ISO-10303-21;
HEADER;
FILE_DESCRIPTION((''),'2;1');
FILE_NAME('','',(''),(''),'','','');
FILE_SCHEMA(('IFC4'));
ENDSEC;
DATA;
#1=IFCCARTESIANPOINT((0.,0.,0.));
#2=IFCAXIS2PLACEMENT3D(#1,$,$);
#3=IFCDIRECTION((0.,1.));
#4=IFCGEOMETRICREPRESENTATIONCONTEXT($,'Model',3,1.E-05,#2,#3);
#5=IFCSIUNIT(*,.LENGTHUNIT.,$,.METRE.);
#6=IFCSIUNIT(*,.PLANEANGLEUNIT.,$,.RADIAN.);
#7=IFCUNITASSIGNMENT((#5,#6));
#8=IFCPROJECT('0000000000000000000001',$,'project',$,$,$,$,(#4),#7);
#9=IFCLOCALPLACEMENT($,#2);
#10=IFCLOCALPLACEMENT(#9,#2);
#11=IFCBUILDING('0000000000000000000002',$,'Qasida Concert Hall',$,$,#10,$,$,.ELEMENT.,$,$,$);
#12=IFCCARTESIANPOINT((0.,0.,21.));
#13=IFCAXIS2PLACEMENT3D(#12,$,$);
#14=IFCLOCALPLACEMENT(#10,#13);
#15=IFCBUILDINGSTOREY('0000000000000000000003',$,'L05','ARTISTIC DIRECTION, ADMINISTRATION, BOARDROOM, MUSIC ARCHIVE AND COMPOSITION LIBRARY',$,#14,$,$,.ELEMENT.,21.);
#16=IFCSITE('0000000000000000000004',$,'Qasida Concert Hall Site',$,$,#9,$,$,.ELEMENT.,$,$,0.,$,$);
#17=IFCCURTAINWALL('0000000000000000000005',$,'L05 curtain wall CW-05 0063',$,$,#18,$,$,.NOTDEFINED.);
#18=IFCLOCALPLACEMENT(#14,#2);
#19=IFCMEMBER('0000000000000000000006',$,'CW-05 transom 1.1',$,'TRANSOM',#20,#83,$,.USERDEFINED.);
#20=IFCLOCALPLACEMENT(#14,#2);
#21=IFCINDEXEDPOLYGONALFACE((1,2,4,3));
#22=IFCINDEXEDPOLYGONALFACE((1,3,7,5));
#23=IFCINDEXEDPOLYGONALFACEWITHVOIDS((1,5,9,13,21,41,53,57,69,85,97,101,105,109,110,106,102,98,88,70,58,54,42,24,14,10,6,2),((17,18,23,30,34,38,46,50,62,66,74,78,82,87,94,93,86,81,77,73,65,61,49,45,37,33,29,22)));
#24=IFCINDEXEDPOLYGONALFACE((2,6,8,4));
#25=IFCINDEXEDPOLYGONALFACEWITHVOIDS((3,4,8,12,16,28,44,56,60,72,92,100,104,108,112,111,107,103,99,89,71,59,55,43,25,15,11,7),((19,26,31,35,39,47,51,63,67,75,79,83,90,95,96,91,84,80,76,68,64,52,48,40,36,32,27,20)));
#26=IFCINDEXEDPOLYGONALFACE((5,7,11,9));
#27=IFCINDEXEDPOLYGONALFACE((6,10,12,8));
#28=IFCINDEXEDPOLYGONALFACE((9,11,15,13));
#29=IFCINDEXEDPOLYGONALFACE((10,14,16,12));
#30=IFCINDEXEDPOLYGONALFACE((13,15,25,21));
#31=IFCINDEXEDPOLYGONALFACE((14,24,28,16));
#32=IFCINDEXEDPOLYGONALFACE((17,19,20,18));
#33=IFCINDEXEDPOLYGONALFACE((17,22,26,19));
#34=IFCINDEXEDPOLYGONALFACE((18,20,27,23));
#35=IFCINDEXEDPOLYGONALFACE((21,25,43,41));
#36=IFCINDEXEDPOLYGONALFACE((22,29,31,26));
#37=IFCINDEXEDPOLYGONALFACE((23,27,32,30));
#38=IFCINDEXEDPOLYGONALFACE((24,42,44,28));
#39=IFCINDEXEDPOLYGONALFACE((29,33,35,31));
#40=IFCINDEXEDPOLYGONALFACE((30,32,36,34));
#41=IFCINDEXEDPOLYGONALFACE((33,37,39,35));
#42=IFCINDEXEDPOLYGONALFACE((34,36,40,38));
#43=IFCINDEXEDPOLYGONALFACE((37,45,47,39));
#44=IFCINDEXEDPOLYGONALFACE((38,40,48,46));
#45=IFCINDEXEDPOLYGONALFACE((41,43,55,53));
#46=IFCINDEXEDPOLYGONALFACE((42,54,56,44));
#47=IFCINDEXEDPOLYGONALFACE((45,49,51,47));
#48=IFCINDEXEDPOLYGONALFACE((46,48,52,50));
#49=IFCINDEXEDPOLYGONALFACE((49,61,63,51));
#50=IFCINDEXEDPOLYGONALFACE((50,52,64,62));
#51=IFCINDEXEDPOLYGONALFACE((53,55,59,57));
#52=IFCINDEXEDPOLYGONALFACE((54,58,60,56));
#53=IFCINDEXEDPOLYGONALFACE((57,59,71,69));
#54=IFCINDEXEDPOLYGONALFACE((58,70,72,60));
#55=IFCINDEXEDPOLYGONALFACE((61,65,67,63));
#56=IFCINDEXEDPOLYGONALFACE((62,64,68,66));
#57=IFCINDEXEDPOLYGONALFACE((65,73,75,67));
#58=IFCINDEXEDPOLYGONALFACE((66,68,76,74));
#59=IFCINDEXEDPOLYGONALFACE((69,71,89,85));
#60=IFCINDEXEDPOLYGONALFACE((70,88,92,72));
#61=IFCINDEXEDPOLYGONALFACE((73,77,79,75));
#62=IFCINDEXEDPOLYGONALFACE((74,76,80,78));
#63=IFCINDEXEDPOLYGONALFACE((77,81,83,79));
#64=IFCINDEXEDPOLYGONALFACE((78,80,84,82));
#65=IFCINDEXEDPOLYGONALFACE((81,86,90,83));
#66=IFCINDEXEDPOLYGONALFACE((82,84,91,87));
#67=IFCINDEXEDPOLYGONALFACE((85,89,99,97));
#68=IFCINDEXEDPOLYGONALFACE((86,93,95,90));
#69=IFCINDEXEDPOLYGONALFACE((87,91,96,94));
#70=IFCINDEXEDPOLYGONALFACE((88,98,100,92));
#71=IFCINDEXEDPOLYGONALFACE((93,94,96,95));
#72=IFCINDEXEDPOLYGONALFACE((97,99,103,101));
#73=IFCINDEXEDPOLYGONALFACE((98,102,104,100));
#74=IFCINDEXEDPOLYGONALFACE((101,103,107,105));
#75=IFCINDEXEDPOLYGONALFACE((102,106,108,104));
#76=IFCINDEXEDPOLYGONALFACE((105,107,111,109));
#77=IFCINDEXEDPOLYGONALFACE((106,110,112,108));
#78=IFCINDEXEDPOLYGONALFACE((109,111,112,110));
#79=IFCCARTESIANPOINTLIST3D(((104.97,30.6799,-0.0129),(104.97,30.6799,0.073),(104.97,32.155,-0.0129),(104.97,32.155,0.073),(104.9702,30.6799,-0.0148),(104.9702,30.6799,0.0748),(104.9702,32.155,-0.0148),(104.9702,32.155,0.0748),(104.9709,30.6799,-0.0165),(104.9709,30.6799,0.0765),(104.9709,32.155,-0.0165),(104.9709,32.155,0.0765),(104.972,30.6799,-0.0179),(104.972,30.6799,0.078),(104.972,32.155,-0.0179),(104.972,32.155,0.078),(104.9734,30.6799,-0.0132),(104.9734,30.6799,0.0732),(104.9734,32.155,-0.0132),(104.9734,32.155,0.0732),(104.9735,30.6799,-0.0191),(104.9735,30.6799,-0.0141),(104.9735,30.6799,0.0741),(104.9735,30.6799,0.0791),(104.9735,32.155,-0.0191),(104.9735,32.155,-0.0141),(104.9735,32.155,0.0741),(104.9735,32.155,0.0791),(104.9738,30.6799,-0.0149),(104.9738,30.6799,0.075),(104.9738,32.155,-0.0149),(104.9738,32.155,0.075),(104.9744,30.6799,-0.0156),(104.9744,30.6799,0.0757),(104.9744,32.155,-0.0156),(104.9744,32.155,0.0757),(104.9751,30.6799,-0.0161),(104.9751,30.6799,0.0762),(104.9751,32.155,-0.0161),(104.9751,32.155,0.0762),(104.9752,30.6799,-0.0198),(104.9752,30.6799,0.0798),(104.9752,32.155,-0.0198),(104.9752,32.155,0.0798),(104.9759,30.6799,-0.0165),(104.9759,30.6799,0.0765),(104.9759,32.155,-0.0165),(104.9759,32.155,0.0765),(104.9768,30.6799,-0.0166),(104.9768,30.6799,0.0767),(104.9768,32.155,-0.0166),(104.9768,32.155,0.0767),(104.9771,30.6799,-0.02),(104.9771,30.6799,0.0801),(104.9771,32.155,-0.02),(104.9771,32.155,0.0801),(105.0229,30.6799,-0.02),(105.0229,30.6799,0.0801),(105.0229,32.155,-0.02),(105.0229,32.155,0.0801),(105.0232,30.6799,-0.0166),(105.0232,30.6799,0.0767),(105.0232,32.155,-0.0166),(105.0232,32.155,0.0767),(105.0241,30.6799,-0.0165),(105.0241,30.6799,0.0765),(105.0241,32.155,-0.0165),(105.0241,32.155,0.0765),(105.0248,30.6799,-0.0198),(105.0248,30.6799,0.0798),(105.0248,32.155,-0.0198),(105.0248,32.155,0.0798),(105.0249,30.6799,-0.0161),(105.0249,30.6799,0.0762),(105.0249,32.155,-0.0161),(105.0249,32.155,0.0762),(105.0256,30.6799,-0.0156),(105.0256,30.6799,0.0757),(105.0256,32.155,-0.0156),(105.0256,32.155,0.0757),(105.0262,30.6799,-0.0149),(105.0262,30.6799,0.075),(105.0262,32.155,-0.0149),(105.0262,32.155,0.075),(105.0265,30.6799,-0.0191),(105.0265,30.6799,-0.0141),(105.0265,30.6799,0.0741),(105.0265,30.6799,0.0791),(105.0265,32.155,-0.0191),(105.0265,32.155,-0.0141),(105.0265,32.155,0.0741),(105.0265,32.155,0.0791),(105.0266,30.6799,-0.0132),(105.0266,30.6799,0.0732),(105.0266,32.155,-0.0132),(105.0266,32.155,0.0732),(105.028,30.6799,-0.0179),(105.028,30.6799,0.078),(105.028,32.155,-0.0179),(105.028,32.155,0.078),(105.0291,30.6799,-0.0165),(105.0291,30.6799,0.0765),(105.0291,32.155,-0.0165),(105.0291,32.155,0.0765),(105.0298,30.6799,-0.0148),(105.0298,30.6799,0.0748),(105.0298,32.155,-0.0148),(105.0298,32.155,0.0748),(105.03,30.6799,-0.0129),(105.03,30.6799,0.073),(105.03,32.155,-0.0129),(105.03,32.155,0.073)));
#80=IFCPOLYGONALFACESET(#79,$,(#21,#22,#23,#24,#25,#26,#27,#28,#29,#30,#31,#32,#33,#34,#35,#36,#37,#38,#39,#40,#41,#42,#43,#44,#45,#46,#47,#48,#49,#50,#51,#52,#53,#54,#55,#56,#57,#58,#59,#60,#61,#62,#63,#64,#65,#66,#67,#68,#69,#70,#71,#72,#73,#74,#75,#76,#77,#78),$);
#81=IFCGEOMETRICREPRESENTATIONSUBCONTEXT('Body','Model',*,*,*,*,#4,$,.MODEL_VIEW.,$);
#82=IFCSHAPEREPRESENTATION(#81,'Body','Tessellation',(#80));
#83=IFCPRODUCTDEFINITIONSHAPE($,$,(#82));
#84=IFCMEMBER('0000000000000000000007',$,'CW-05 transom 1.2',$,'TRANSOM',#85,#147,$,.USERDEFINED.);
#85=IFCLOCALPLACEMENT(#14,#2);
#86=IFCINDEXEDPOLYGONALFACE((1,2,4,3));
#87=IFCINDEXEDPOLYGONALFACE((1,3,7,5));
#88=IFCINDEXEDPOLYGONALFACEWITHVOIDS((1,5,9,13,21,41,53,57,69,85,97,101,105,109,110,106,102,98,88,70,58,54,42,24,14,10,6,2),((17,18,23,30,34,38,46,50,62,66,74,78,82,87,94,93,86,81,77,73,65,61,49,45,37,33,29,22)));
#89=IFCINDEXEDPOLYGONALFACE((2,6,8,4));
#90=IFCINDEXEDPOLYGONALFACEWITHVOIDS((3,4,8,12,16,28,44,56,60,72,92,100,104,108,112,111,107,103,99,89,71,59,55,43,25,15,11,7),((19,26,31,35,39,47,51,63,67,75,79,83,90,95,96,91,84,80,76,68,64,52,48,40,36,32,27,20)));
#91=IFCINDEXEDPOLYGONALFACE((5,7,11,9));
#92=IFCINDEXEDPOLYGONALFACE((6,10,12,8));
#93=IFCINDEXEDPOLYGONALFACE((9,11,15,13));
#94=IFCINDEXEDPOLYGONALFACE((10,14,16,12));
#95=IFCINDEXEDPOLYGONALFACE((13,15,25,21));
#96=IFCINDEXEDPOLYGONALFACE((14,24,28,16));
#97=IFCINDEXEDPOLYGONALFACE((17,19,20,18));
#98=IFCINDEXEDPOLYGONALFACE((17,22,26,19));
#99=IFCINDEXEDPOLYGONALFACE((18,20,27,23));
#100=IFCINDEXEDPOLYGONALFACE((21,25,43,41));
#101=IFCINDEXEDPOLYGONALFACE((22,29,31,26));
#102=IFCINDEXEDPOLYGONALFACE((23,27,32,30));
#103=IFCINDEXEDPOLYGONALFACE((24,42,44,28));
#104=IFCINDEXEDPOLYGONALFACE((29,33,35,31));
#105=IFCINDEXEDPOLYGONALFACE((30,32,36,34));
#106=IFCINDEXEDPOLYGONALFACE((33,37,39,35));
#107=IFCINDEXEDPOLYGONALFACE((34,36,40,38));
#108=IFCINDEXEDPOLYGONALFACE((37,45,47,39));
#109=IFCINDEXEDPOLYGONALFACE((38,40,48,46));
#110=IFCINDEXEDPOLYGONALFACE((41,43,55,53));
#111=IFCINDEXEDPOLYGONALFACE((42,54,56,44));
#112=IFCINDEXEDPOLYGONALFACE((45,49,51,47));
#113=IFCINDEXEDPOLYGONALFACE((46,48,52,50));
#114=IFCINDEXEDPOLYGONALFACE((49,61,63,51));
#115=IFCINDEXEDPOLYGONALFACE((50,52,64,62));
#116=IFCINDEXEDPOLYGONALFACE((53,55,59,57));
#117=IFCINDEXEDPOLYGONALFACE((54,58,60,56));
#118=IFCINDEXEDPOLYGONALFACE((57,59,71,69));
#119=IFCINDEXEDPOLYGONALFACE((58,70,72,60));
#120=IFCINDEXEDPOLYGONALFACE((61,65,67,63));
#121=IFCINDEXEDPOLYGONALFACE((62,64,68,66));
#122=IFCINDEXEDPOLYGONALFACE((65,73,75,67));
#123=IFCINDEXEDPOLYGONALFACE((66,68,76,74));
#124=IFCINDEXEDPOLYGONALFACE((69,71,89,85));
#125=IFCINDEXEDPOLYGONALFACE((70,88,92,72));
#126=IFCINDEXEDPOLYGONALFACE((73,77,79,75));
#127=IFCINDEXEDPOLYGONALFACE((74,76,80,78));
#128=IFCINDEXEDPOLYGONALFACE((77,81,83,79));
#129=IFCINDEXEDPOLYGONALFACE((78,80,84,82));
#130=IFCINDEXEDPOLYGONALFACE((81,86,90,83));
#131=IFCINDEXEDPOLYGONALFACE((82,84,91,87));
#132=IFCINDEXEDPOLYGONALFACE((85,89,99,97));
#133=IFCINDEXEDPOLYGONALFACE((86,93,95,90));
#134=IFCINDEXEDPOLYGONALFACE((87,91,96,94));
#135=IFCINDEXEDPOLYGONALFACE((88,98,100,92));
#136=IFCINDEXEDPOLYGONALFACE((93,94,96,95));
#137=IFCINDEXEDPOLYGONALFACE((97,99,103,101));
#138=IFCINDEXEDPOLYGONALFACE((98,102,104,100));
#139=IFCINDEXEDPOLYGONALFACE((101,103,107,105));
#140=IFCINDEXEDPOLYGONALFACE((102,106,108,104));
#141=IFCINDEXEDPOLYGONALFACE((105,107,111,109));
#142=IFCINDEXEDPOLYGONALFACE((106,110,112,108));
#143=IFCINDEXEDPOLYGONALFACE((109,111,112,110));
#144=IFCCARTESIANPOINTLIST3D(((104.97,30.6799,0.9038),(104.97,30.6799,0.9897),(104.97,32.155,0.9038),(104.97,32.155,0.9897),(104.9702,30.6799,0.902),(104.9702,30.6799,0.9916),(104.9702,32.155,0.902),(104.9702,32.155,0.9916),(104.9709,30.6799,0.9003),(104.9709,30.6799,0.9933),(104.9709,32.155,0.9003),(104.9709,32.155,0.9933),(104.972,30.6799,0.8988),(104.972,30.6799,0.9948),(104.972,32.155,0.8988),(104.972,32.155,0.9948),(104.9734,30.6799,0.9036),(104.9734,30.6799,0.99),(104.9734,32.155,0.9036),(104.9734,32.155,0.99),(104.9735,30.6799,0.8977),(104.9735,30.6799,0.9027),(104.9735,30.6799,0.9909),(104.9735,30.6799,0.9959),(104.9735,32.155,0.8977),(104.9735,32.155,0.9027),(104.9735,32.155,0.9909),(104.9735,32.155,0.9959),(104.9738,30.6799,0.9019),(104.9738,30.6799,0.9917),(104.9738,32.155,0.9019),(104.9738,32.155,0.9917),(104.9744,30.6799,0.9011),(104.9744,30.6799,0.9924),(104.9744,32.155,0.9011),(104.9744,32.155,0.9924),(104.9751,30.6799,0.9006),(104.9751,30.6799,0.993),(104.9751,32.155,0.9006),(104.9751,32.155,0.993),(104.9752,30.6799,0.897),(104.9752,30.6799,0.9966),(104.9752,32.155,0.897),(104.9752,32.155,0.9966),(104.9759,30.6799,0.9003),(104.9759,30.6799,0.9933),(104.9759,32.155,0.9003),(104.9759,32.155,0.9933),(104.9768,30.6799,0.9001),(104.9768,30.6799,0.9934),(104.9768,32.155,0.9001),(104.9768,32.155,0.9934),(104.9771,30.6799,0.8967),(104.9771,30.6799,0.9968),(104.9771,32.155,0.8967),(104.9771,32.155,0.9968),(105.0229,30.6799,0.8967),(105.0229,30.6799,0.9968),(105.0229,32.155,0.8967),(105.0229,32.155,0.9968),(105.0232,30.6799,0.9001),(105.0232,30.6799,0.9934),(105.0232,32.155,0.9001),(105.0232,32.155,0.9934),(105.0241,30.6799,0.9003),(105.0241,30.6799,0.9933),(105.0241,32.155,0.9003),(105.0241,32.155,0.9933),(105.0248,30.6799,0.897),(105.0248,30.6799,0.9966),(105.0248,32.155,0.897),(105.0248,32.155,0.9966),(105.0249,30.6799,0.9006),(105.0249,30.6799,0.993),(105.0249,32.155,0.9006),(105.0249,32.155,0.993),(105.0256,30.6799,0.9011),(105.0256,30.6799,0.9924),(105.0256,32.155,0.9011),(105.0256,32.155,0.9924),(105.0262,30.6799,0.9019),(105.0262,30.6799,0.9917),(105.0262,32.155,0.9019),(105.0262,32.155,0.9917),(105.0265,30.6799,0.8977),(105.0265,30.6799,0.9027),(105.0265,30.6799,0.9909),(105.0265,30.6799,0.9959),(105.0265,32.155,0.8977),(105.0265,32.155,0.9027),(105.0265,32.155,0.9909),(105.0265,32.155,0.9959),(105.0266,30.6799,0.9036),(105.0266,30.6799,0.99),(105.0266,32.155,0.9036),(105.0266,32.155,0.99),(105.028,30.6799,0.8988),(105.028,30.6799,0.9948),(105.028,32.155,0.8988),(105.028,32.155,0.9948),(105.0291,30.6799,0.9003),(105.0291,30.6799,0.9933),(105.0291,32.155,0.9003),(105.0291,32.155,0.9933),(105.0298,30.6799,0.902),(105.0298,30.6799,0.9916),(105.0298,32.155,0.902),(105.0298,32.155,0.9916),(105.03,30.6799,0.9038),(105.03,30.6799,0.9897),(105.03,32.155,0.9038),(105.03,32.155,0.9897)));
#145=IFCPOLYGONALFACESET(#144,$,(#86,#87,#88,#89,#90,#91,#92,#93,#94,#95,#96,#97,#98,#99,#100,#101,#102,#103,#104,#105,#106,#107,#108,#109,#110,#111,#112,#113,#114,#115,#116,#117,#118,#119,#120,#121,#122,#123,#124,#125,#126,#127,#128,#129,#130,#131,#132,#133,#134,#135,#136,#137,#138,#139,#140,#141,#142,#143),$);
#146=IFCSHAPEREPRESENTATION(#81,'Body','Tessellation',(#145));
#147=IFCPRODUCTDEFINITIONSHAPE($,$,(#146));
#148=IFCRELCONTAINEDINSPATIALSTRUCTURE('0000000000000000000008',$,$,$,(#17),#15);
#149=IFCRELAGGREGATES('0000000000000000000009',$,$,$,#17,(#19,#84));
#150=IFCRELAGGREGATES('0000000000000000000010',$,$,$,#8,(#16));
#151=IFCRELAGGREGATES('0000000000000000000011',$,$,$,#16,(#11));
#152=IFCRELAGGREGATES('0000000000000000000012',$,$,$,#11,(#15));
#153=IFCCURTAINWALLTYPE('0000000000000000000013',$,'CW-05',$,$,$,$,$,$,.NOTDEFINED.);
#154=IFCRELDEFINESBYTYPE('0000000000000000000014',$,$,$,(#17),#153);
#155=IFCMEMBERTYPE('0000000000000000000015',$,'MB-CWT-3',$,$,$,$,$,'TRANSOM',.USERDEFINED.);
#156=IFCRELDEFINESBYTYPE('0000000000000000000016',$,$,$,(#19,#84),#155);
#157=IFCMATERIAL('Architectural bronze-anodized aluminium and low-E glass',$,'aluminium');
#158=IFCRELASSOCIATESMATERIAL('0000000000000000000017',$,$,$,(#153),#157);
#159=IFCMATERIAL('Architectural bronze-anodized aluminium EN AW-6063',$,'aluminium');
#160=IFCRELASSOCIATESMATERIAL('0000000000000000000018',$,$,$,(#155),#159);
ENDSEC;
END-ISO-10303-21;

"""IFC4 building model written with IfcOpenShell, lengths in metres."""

from ifc_helpers import new_model, si_unit, direction, frame, origin, origin_2d, place, context, subcontext, project, spatial, hollow_rectangle, extrude, material, material_profile, profile_set, type_object, element, aggregate, save


model = new_model("IFC4")

# Units and contexts
model_context = context("Model", 3, precision=1e-05, world=origin(), true_north=direction((0.0, 1.0)))
body_context = subcontext(model_context, "Body", "Model", "MODEL_VIEW")
ifc_project = project(units=[si_unit("LENGTHUNIT", "METRE"), si_unit("PLANEANGLEUNIT", "RADIAN")], contexts=[model_context])

# Site, building, storey
site_placement = place(None, origin())
site = spatial("IfcSite", under=ifc_project, at=site_placement, Name="Qasida Concert Hall Site", CompositionType="ELEMENT", RefElevation=0.0)
building_placement = place(site_placement, origin())
building = spatial("IfcBuilding", under=site, at=building_placement, Name="Qasida Concert Hall", CompositionType="ELEMENT")
storey_placement = place(building_placement, frame((0.0, 0.0, 21.0)))
storey = spatial("IfcBuildingStorey", under=building, at=storey_placement, Name="L05", Description="ARTISTIC DIRECTION, ADMINISTRATION, BOARDROOM, MUSIC ARCHIVE AND COMPOSITION LIBRARY", CompositionType="ELEMENT", Elevation=21.0)

# Curtain wall, members
ifc_material_1 = material(Name="Architectural bronze-anodized aluminium and low-E glass", Category="aluminium")
curtain_wall_type = type_object("IfcCurtainWallType", Name="CW-05", PredefinedType="NOTDEFINED", material=ifc_material_1)
curtain_wall_placement = place(storey_placement, origin())
curtain_wall = element("IfcCurtainWall", 1, at=curtain_wall_placement, inside=storey, type_object=curtain_wall_type, Name="L05 curtain wall CW-05 0063", PredefinedType="NOTDEFINED")
ifc_material_2 = material(Name="Architectural bronze-anodized aluminium EN AW-6063", Category="aluminium")
ifc_material_profile_1 = material_profile(ifc_material_2, hollow_rectangle(XDim=0.0601, YDim=0.1001, WallThickness=0.0034, InnerFilletRadius=0.0034, OuterFilletRadius=0.0071, at=origin_2d()), Name="CWT 100x60x3.5")
ifc_profile_set_1 = profile_set([ifc_material_profile_1], Name="Architectural bronze-anodized aluminium EN AW-6063")
member_type_1 = type_object("IfcMemberType", Name="MB-CWT-3", ElementType="TRANSOM", PredefinedType="USERDEFINED", material=ifc_profile_set_1)
member_1_placement = place(storey_placement, frame((105.0, 30.6799, 0.03), z_axis=(0.0, 1.0, 0.0), x_axis=(-1.0, 0.0, 0.0)))
member_1 = element("IfcMember", 2, at=member_1_placement, type_object=member_type_1, Name="CW-05 transom 1.1", ObjectType="TRANSOM", PredefinedType="USERDEFINED", context=body_context, shape_type="SweptSolid", body=[
    extrude(hollow_rectangle(XDim=0.0601, YDim=0.1001, WallThickness=0.0034, InnerFilletRadius=0.0034, OuterFilletRadius=0.0071, at=origin_2d()), origin(), (0.0, 0.0, 1.0), 1.4751),
])
member_2_placement = place(storey_placement, frame((105.0, 30.6799, 0.9468), z_axis=(0.0, 1.0, 0.0), x_axis=(-1.0, 0.0, 0.0)))
member_2 = element("IfcMember", 3, at=member_2_placement, type_object=member_type_1, Name="CW-05 transom 1.2", ObjectType="TRANSOM", PredefinedType="USERDEFINED", context=body_context, shape_type="SweptSolid", body=[
    extrude(hollow_rectangle(XDim=0.0601, YDim=0.1001, WallThickness=0.0034, InnerFilletRadius=0.0034, OuterFilletRadius=0.0071, at=origin_2d()), origin(), (0.0, 0.0, 1.0), 1.4751),
])
aggregate(curtain_wall, [member_1, member_2])

save(model, "model.ifc")
